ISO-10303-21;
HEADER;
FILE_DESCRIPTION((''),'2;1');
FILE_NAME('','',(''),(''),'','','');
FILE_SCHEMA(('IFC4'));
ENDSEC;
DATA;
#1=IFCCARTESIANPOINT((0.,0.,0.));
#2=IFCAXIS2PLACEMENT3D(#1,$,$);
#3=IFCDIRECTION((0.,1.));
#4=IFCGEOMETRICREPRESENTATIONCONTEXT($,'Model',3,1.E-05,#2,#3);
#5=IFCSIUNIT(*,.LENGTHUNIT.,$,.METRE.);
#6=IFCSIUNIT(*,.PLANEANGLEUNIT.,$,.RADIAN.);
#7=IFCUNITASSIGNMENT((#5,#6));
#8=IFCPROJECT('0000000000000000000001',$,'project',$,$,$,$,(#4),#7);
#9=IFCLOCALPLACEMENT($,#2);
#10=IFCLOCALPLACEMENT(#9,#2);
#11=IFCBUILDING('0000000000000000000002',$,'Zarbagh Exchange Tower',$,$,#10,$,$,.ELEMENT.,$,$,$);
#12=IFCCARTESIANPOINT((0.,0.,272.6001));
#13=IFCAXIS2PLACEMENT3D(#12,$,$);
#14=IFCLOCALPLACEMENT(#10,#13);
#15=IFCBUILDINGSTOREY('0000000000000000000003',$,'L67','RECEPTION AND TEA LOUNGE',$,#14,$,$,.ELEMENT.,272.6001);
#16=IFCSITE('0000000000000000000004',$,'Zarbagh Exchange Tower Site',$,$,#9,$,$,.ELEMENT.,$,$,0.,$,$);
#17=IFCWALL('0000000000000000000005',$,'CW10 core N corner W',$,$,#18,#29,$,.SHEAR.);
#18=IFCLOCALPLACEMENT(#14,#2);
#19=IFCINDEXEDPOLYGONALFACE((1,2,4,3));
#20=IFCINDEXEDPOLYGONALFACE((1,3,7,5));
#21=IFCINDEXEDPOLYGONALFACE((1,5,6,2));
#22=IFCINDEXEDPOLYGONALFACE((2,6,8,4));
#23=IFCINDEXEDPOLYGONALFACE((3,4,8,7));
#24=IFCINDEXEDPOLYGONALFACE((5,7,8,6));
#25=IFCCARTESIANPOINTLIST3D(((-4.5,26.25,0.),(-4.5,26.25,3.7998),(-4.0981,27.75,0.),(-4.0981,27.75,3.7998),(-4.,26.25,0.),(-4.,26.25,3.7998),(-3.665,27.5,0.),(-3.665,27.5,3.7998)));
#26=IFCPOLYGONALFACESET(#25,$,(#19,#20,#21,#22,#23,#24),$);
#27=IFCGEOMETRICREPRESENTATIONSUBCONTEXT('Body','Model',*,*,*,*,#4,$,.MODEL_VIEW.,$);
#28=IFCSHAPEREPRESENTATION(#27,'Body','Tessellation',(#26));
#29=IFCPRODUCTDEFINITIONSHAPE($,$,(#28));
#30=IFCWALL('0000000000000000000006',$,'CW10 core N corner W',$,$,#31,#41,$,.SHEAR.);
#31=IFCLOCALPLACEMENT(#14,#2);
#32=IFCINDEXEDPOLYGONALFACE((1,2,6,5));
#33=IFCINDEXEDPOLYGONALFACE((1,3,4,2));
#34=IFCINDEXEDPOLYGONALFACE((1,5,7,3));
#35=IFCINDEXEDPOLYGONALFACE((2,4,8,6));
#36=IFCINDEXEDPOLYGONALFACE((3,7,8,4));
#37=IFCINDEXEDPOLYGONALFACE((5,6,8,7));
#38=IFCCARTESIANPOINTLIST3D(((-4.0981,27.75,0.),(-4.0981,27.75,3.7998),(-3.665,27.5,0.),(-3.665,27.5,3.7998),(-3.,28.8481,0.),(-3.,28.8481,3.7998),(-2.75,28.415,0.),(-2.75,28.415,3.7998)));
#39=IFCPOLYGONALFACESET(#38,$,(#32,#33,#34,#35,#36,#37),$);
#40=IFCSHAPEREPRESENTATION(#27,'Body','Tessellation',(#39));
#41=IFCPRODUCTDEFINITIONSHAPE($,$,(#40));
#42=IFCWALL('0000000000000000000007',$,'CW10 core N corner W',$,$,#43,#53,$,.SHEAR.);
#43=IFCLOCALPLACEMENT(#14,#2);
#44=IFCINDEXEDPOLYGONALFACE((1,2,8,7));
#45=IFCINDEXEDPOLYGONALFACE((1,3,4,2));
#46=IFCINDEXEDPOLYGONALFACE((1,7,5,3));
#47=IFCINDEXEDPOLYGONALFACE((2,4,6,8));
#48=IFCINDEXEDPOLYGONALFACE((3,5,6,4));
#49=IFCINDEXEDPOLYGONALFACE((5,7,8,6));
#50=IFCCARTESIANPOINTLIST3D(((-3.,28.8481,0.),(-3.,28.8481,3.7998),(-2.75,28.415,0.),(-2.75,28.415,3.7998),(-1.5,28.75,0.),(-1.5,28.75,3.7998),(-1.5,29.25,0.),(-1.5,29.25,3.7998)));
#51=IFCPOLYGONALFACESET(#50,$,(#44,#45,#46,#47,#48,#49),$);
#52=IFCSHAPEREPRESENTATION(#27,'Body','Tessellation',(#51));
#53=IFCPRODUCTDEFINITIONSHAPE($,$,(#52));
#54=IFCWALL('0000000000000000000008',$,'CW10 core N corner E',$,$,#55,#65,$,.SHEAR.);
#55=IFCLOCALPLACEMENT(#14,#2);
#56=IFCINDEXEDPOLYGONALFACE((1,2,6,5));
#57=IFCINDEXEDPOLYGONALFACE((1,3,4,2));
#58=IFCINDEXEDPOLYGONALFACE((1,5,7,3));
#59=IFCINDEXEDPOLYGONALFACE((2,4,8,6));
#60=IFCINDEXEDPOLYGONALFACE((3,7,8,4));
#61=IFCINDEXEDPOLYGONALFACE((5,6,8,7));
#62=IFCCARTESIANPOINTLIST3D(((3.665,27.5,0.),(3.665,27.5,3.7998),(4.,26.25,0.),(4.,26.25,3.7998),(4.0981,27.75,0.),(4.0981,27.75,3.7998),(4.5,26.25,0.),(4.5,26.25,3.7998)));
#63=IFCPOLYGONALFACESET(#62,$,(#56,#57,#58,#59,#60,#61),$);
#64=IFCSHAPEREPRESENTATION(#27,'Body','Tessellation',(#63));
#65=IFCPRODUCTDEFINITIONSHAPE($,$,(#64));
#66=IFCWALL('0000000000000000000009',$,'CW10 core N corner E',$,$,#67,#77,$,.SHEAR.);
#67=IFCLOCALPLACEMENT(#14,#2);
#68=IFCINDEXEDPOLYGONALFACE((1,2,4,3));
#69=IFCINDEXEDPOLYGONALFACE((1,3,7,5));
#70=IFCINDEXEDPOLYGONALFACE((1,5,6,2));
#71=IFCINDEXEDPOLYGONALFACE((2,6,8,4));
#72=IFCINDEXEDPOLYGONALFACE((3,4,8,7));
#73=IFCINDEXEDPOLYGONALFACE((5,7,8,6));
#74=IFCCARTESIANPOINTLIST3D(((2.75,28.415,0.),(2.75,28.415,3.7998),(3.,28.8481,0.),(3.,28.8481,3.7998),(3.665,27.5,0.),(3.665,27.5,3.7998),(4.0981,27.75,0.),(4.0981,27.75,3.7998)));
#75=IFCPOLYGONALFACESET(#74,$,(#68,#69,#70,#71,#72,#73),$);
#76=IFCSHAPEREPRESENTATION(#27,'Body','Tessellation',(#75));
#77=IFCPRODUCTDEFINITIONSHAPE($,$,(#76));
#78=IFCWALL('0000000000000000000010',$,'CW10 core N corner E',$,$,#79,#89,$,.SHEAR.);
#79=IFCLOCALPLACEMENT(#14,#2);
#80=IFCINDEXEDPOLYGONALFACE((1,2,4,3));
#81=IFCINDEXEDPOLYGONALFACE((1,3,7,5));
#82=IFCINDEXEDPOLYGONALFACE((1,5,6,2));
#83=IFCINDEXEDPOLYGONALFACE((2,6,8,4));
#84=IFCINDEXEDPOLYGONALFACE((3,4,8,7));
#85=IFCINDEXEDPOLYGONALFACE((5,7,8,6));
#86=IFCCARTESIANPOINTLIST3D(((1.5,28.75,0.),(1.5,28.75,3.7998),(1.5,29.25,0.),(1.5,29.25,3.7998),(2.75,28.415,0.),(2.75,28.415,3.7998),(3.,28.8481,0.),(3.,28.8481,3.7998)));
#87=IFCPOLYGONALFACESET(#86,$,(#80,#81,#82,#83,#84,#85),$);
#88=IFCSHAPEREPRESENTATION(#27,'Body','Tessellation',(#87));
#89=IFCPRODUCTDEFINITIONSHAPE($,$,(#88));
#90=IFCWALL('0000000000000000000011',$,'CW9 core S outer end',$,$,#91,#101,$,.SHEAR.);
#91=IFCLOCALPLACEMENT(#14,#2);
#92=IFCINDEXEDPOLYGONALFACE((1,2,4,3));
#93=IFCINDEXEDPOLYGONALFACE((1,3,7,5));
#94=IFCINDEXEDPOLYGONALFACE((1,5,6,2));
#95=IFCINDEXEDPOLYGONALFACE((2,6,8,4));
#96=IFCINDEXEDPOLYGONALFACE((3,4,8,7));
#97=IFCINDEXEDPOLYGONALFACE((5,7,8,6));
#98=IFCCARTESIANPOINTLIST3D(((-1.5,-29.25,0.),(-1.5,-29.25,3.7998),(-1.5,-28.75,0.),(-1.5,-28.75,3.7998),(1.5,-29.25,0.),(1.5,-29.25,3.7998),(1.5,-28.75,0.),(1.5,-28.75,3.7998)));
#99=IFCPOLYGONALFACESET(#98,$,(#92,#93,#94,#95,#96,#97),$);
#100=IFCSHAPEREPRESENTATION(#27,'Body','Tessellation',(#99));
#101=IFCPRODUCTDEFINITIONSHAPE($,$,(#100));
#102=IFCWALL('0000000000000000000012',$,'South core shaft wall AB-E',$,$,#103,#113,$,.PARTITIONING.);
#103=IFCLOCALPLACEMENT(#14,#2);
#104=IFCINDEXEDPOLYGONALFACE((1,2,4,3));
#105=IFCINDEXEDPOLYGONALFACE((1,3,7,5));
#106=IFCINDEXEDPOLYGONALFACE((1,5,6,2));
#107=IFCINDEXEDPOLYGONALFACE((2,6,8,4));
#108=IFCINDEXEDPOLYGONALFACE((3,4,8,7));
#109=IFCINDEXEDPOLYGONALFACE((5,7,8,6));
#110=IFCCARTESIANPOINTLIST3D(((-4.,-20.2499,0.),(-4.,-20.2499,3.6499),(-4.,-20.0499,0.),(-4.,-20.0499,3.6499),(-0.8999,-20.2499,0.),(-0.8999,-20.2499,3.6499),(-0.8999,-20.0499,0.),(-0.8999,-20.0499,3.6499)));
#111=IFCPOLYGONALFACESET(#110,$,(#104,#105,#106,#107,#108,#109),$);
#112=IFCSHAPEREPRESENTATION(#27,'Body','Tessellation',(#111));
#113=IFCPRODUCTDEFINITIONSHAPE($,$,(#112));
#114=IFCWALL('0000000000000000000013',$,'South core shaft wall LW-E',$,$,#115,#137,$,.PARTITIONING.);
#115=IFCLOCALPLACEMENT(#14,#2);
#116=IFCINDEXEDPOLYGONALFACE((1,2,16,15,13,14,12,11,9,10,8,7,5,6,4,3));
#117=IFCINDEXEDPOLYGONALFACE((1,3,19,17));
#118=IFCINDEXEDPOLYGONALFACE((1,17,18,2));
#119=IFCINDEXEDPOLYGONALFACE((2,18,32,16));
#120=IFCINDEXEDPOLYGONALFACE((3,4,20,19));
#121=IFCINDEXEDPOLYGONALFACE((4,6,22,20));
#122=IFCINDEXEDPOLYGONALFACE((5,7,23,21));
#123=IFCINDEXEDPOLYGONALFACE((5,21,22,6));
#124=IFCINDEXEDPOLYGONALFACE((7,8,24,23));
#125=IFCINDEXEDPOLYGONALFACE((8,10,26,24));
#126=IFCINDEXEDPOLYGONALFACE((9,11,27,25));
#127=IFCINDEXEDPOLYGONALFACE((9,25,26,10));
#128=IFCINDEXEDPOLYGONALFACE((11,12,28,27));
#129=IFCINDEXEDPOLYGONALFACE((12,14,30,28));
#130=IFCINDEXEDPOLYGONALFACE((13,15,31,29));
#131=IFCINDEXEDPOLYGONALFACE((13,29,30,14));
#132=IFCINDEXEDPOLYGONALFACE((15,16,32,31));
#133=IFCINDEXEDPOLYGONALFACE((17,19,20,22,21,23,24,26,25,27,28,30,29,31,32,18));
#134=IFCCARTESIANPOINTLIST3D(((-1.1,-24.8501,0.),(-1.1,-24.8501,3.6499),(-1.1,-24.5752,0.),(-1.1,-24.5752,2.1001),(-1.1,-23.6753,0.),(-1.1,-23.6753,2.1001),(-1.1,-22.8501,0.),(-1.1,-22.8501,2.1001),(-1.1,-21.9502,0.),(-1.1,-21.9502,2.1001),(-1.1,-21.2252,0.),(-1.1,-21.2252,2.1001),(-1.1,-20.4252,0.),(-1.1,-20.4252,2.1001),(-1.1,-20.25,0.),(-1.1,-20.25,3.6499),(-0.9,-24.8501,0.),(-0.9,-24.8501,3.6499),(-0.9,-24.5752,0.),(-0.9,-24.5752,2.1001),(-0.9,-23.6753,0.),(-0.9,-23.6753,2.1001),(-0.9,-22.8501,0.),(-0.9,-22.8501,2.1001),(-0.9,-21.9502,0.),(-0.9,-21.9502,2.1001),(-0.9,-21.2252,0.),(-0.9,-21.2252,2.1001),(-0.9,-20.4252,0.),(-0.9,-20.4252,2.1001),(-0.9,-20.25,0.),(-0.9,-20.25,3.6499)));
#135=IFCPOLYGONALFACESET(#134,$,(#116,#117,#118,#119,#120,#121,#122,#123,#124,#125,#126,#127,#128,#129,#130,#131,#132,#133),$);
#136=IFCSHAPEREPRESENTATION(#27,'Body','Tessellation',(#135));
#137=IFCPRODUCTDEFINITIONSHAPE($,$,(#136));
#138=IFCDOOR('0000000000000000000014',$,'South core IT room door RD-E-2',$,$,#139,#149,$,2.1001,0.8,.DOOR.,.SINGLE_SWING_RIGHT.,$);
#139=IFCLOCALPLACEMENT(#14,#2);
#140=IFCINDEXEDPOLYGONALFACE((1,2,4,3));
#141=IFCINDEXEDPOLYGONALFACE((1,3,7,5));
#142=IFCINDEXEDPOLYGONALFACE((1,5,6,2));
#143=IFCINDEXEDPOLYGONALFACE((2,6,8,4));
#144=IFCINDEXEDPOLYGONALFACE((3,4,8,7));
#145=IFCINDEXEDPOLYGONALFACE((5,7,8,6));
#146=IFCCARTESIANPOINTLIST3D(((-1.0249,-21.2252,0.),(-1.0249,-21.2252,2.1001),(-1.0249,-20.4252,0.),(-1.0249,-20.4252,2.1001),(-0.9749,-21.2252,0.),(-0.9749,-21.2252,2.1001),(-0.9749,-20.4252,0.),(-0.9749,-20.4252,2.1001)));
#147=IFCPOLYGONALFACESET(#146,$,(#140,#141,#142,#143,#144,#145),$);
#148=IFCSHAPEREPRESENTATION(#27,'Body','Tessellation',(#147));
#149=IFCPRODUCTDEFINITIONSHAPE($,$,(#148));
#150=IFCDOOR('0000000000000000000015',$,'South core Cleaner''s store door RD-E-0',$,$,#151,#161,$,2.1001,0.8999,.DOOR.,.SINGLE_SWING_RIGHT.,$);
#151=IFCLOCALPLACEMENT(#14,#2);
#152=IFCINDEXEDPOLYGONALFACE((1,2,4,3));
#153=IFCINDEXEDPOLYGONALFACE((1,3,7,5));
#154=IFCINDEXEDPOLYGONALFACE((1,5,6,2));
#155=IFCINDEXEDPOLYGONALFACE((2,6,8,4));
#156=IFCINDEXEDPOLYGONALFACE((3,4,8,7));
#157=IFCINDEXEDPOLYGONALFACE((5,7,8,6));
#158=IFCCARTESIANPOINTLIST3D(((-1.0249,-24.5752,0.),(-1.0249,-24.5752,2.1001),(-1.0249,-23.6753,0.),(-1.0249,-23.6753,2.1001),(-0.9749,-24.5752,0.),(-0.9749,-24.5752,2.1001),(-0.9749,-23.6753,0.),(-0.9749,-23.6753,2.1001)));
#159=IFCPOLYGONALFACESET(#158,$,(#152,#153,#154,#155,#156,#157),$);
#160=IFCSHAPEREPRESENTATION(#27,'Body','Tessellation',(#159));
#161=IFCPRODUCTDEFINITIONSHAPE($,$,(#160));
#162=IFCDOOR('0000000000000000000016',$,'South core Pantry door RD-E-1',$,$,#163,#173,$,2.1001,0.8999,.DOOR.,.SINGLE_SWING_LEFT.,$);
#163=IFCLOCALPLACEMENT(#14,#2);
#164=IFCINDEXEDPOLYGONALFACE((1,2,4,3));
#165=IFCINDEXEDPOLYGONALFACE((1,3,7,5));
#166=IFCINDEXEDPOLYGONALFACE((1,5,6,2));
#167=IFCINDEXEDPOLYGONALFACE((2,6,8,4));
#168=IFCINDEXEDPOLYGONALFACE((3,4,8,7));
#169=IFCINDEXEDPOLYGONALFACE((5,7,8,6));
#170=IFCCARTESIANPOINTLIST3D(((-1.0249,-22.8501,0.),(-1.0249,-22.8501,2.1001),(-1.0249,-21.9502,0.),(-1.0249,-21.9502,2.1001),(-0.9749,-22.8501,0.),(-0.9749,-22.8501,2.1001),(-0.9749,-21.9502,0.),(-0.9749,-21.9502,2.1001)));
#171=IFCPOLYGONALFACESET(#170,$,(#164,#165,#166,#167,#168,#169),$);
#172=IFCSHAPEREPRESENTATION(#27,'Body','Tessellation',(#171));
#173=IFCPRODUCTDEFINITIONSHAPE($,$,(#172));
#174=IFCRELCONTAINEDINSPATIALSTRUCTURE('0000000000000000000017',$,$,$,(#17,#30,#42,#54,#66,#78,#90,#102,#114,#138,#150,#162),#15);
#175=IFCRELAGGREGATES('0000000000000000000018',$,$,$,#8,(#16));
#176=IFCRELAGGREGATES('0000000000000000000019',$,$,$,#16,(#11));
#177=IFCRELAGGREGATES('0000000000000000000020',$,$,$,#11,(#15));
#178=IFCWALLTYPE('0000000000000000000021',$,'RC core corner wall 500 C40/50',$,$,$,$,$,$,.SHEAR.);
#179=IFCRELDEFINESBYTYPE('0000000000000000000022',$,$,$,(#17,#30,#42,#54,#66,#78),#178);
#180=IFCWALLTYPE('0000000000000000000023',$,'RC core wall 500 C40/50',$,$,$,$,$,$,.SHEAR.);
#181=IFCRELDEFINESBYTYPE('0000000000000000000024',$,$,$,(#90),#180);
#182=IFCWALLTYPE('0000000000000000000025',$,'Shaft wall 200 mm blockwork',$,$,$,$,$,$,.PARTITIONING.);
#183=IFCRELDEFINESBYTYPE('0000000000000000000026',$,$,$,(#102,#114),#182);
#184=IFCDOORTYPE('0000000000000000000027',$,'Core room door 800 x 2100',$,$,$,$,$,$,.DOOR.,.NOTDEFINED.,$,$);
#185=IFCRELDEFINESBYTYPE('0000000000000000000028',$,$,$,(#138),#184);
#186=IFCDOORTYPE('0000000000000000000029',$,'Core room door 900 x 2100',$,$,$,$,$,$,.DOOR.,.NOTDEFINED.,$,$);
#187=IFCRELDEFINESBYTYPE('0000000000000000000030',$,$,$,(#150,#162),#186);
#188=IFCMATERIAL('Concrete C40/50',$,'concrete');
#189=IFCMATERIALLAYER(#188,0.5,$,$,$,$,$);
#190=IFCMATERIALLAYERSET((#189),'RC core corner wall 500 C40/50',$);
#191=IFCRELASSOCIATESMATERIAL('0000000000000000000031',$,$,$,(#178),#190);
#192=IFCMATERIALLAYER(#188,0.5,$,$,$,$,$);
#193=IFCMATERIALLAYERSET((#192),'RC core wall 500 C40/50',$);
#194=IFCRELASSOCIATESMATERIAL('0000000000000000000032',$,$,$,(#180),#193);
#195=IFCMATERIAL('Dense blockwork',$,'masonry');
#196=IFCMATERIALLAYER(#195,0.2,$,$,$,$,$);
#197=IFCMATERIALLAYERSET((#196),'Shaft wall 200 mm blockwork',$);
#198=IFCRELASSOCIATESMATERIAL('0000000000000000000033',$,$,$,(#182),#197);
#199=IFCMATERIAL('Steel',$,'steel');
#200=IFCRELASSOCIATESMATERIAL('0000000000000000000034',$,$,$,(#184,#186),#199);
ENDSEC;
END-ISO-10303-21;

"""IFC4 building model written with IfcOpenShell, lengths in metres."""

from ifc_helpers import new_model, si_unit, direction, frame, frame_2d, origin, place, context, subcontext, project, spatial, polyline, rectangle, outline, extrude, material, layer, layer_set, type_object, element, fill, save


model = new_model("IFC4")

# Units and contexts
model_context = context("Model", 3, precision=1e-05, world=origin(), true_north=direction((0.0, 1.0)))
body_context = subcontext(model_context, "Body", "Model", "MODEL_VIEW")
ifc_project = project(units=[si_unit("LENGTHUNIT", "METRE"), si_unit("PLANEANGLEUNIT", "RADIAN")], contexts=[model_context])

# Site, building, storey
site_placement = place(None, origin())
site = spatial("IfcSite", under=ifc_project, at=site_placement, Name="Zarbagh Exchange Tower Site", CompositionType="ELEMENT", RefElevation=0.0)
building_placement = place(site_placement, origin())
building = spatial("IfcBuilding", under=site, at=building_placement, Name="Zarbagh Exchange Tower", CompositionType="ELEMENT")
storey_placement = place(building_placement, frame((0.0, 0.0, 272.6001)))
storey = spatial("IfcBuildingStorey", under=building, at=storey_placement, Name="L67", Description="RECEPTION AND TEA LOUNGE", CompositionType="ELEMENT", Elevation=272.6001)

# Shared definitions
ifc_material_1 = material(Name="Concrete C40/50", Category="concrete")

# Shared definitions
ifc_material_2 = material(Name="Dense blockwork", Category="masonry")

# Walls
ifc_layer_1 = layer(ifc_material_1, 0.5)
ifc_layer_set_1 = layer_set([ifc_layer_1], Name="RC core corner wall 500 C40/50")
wall_type_1 = type_object("IfcWallType", Name="RC core corner wall 500 C40/50", PredefinedType="SHEAR", material=ifc_layer_set_1)
wall_1_placement = place(storey_placement, origin())
element("IfcWall", 1, at=wall_1_placement, inside=storey, type_object=wall_type_1, Name="CW10 core N corner W", PredefinedType="SHEAR", context=body_context, shape_type="SweptSolid", body=[
    extrude(outline(polyline([(-4.5, 26.25), (-4.0981, 27.75), (-3.665, 27.5), (-4.0, 26.25), (-4.5, 26.25)])), origin(), (0.0, 0.0, 1.0), 3.7998),
])
wall_2_placement = place(storey_placement, origin())
element("IfcWall", 2, at=wall_2_placement, inside=storey, type_object=wall_type_1, Name="CW10 core N corner W", PredefinedType="SHEAR", context=body_context, shape_type="SweptSolid", body=[
    extrude(outline(polyline([(-4.0981, 27.75), (-3.0, 28.8481), (-2.75, 28.415), (-3.665, 27.5), (-4.0981, 27.75)])), origin(), (0.0, 0.0, 1.0), 3.7998),
])
wall_3_placement = place(storey_placement, origin())
element("IfcWall", 3, at=wall_3_placement, inside=storey, type_object=wall_type_1, Name="CW10 core N corner W", PredefinedType="SHEAR", context=body_context, shape_type="SweptSolid", body=[
    extrude(outline(polyline([(-3.0, 28.8481), (-1.5, 29.25), (-1.5, 28.75), (-2.75, 28.415), (-3.0, 28.8481)])), origin(), (0.0, 0.0, 1.0), 3.7998),
])
wall_4_placement = place(storey_placement, origin())
element("IfcWall", 4, at=wall_4_placement, inside=storey, type_object=wall_type_1, Name="CW10 core N corner E", PredefinedType="SHEAR", context=body_context, shape_type="SweptSolid", body=[
    extrude(outline(polyline([(4.5, 26.25), (4.0981, 27.75), (3.665, 27.5), (4.0, 26.25), (4.5, 26.25)])), origin(), (0.0, 0.0, 1.0), 3.7998),
])
wall_5_placement = place(storey_placement, origin())
element("IfcWall", 5, at=wall_5_placement, inside=storey, type_object=wall_type_1, Name="CW10 core N corner E", PredefinedType="SHEAR", context=body_context, shape_type="SweptSolid", body=[
    extrude(outline(polyline([(4.0981, 27.75), (3.0, 28.8481), (2.75, 28.415), (3.665, 27.5), (4.0981, 27.75)])), origin(), (0.0, 0.0, 1.0), 3.7998),
])
wall_6_placement = place(storey_placement, origin())
element("IfcWall", 6, at=wall_6_placement, inside=storey, type_object=wall_type_1, Name="CW10 core N corner E", PredefinedType="SHEAR", context=body_context, shape_type="SweptSolid", body=[
    extrude(outline(polyline([(3.0, 28.8481), (1.5, 29.25), (1.5, 28.75), (2.75, 28.415), (3.0, 28.8481)])), origin(), (0.0, 0.0, 1.0), 3.7998),
])
ifc_layer_2 = layer(ifc_material_1, 0.5)
ifc_layer_set_2 = layer_set([ifc_layer_2], Name="RC core wall 500 C40/50")
wall_type_2 = type_object("IfcWallType", Name="RC core wall 500 C40/50", PredefinedType="SHEAR", material=ifc_layer_set_2)
wall_7_placement = place(storey_placement, frame((-1.5, -29.0, 0.0), z_axis=(0.0, 0.0, 1.0), x_axis=(1.0, 0.0, 0.0)))
element("IfcWall", 7, at=wall_7_placement, inside=storey, type_object=wall_type_2, Name="CW9 core S outer end", PredefinedType="SHEAR", context=body_context, shape_type="SweptSolid", body=[
    extrude(rectangle(XDim=3.0, YDim=0.5, at=frame_2d((1.5, 0.0))), origin(), (0.0, 0.0, 1.0), 3.7998),
])
ifc_layer_3 = layer(ifc_material_2, 0.2)
ifc_layer_set_3 = layer_set([ifc_layer_3], Name="Shaft wall 200 mm blockwork")
wall_type_3 = type_object("IfcWallType", Name="Shaft wall 200 mm blockwork", PredefinedType="PARTITIONING", material=ifc_layer_set_3)
wall_8_placement = place(storey_placement, frame((-0.8999, -20.1499, 0.0), z_axis=(0.0, 0.0, 1.0), x_axis=(-1.0, 0.0, 0.0)))
element("IfcWall", 8, at=wall_8_placement, inside=storey, type_object=wall_type_3, Name="South core shaft wall AB-E", PredefinedType="PARTITIONING", context=body_context, shape_type="SweptSolid", body=[
    extrude(rectangle(XDim=3.1001, YDim=0.2, at=frame_2d((1.55, 0.0))), origin(), (0.0, 0.0, 1.0), 3.6499),
])

# Wall, openings, doors
wall_9_placement = place(storey_placement, frame((-1.0, -24.8501, 0.0), z_axis=(0.0, 0.0, 1.0), x_axis=(0.0, 1.0, 0.0)))
wall_9 = element("IfcWall", 9, at=wall_9_placement, inside=storey, type_object=wall_type_3, Name="South core shaft wall LW-E", PredefinedType="PARTITIONING", context=body_context, shape_type="SweptSolid", body=[
    extrude(rectangle(XDim=4.6001, YDim=0.2, at=frame_2d((2.3, 0.0))), origin(), (0.0, 0.0, 1.0), 3.6499),
])
opening_1_placement = place(wall_9_placement, frame((0.2749, 0.0, 0.0)))
opening_1 = element("IfcOpeningElement", 10, at=opening_1_placement, cuts=wall_9, PredefinedType="OPENING", context=body_context, shape_type="SweptSolid", body=[
    extrude(rectangle(XDim=0.8999, YDim=2.1001, at=frame_2d((0.45, 1.05))), frame((0.0, 0.1099, 0.0), z_axis=(0.0, -1.0, 0.0), x_axis=(1.0, 0.0, 0.0)), (0.0, 0.0, 1.0), 0.22),
])
opening_2_placement = place(wall_9_placement, frame((2.0, 0.0, 0.0)))
opening_2 = element("IfcOpeningElement", 11, at=opening_2_placement, cuts=wall_9, PredefinedType="OPENING", context=body_context, shape_type="SweptSolid", body=[
    extrude(rectangle(XDim=0.8999, YDim=2.1001, at=frame_2d((0.45, 1.05))), frame((0.0, 0.1099, 0.0), z_axis=(0.0, -1.0, 0.0), x_axis=(1.0, 0.0, 0.0)), (0.0, 0.0, 1.0), 0.22),
])
opening_3_placement = place(wall_9_placement, frame((3.625, 0.0, 0.0)))
opening_3 = element("IfcOpeningElement", 12, at=opening_3_placement, cuts=wall_9, PredefinedType="OPENING", context=body_context, shape_type="SweptSolid", body=[
    extrude(rectangle(XDim=0.8, YDim=2.1001, at=frame_2d((0.3999, 1.05))), frame((0.0, 0.1099, 0.0), z_axis=(0.0, -1.0, 0.0), x_axis=(1.0, 0.0, 0.0)), (0.0, 0.0, 1.0), 0.22),
])
ifc_material_3 = material(Name="Steel", Category="steel")
door_type_1 = type_object("IfcDoorType", Name="Core room door 800 x 2100", OperationType="NOTDEFINED", PredefinedType="DOOR", material=ifc_material_3)
door_1_placement = place(opening_3_placement, origin())
door_1 = element("IfcDoor", 13, at=door_1_placement, inside=storey, type_object=door_type_1, Name="South core IT room door RD-E-2", OperationType="SINGLE_SWING_RIGHT", OverallHeight=2.1001, OverallWidth=0.8, PredefinedType="DOOR", context=body_context, shape_type="SweptSolid", body=[
    extrude(rectangle(XDim=0.8, YDim=2.1001, at=frame_2d((0.3999, 1.05))), frame((0.0, 0.0249, 0.0), z_axis=(0.0, -1.0, 0.0), x_axis=(1.0, 0.0, 0.0)), (0.0, 0.0, 1.0), 0.05),
])
fill(opening_3, door_1)
door_type_2 = type_object("IfcDoorType", Name="Core room door 900 x 2100", OperationType="NOTDEFINED", PredefinedType="DOOR", material=ifc_material_3)
door_2_placement = place(opening_1_placement, origin())
door_2 = element("IfcDoor", 14, at=door_2_placement, inside=storey, type_object=door_type_2, Name="South core Cleaner's store door RD-E-0", OperationType="SINGLE_SWING_RIGHT", OverallHeight=2.1001, OverallWidth=0.8999, PredefinedType="DOOR", context=body_context, shape_type="SweptSolid", body=[
    extrude(rectangle(XDim=0.8999, YDim=2.1001, at=frame_2d((0.45, 1.05))), frame((0.0, 0.0249, 0.0), z_axis=(0.0, -1.0, 0.0), x_axis=(1.0, 0.0, 0.0)), (0.0, 0.0, 1.0), 0.05),
])
fill(opening_1, door_2)
door_3_placement = place(opening_2_placement, origin())
door_3 = element("IfcDoor", 15, at=door_3_placement, inside=storey, type_object=door_type_2, Name="South core Pantry door RD-E-1", OperationType="SINGLE_SWING_LEFT", OverallHeight=2.1001, OverallWidth=0.8999, PredefinedType="DOOR", context=body_context, shape_type="SweptSolid", body=[
    extrude(rectangle(XDim=0.8999, YDim=2.1001, at=frame_2d((0.45, 1.05))), frame((0.0, 0.0249, 0.0), z_axis=(0.0, -1.0, 0.0), x_axis=(1.0, 0.0, 0.0)), (0.0, 0.0, 1.0), 0.05),
])
fill(opening_2, door_3)

save(model, "model.ifc")
